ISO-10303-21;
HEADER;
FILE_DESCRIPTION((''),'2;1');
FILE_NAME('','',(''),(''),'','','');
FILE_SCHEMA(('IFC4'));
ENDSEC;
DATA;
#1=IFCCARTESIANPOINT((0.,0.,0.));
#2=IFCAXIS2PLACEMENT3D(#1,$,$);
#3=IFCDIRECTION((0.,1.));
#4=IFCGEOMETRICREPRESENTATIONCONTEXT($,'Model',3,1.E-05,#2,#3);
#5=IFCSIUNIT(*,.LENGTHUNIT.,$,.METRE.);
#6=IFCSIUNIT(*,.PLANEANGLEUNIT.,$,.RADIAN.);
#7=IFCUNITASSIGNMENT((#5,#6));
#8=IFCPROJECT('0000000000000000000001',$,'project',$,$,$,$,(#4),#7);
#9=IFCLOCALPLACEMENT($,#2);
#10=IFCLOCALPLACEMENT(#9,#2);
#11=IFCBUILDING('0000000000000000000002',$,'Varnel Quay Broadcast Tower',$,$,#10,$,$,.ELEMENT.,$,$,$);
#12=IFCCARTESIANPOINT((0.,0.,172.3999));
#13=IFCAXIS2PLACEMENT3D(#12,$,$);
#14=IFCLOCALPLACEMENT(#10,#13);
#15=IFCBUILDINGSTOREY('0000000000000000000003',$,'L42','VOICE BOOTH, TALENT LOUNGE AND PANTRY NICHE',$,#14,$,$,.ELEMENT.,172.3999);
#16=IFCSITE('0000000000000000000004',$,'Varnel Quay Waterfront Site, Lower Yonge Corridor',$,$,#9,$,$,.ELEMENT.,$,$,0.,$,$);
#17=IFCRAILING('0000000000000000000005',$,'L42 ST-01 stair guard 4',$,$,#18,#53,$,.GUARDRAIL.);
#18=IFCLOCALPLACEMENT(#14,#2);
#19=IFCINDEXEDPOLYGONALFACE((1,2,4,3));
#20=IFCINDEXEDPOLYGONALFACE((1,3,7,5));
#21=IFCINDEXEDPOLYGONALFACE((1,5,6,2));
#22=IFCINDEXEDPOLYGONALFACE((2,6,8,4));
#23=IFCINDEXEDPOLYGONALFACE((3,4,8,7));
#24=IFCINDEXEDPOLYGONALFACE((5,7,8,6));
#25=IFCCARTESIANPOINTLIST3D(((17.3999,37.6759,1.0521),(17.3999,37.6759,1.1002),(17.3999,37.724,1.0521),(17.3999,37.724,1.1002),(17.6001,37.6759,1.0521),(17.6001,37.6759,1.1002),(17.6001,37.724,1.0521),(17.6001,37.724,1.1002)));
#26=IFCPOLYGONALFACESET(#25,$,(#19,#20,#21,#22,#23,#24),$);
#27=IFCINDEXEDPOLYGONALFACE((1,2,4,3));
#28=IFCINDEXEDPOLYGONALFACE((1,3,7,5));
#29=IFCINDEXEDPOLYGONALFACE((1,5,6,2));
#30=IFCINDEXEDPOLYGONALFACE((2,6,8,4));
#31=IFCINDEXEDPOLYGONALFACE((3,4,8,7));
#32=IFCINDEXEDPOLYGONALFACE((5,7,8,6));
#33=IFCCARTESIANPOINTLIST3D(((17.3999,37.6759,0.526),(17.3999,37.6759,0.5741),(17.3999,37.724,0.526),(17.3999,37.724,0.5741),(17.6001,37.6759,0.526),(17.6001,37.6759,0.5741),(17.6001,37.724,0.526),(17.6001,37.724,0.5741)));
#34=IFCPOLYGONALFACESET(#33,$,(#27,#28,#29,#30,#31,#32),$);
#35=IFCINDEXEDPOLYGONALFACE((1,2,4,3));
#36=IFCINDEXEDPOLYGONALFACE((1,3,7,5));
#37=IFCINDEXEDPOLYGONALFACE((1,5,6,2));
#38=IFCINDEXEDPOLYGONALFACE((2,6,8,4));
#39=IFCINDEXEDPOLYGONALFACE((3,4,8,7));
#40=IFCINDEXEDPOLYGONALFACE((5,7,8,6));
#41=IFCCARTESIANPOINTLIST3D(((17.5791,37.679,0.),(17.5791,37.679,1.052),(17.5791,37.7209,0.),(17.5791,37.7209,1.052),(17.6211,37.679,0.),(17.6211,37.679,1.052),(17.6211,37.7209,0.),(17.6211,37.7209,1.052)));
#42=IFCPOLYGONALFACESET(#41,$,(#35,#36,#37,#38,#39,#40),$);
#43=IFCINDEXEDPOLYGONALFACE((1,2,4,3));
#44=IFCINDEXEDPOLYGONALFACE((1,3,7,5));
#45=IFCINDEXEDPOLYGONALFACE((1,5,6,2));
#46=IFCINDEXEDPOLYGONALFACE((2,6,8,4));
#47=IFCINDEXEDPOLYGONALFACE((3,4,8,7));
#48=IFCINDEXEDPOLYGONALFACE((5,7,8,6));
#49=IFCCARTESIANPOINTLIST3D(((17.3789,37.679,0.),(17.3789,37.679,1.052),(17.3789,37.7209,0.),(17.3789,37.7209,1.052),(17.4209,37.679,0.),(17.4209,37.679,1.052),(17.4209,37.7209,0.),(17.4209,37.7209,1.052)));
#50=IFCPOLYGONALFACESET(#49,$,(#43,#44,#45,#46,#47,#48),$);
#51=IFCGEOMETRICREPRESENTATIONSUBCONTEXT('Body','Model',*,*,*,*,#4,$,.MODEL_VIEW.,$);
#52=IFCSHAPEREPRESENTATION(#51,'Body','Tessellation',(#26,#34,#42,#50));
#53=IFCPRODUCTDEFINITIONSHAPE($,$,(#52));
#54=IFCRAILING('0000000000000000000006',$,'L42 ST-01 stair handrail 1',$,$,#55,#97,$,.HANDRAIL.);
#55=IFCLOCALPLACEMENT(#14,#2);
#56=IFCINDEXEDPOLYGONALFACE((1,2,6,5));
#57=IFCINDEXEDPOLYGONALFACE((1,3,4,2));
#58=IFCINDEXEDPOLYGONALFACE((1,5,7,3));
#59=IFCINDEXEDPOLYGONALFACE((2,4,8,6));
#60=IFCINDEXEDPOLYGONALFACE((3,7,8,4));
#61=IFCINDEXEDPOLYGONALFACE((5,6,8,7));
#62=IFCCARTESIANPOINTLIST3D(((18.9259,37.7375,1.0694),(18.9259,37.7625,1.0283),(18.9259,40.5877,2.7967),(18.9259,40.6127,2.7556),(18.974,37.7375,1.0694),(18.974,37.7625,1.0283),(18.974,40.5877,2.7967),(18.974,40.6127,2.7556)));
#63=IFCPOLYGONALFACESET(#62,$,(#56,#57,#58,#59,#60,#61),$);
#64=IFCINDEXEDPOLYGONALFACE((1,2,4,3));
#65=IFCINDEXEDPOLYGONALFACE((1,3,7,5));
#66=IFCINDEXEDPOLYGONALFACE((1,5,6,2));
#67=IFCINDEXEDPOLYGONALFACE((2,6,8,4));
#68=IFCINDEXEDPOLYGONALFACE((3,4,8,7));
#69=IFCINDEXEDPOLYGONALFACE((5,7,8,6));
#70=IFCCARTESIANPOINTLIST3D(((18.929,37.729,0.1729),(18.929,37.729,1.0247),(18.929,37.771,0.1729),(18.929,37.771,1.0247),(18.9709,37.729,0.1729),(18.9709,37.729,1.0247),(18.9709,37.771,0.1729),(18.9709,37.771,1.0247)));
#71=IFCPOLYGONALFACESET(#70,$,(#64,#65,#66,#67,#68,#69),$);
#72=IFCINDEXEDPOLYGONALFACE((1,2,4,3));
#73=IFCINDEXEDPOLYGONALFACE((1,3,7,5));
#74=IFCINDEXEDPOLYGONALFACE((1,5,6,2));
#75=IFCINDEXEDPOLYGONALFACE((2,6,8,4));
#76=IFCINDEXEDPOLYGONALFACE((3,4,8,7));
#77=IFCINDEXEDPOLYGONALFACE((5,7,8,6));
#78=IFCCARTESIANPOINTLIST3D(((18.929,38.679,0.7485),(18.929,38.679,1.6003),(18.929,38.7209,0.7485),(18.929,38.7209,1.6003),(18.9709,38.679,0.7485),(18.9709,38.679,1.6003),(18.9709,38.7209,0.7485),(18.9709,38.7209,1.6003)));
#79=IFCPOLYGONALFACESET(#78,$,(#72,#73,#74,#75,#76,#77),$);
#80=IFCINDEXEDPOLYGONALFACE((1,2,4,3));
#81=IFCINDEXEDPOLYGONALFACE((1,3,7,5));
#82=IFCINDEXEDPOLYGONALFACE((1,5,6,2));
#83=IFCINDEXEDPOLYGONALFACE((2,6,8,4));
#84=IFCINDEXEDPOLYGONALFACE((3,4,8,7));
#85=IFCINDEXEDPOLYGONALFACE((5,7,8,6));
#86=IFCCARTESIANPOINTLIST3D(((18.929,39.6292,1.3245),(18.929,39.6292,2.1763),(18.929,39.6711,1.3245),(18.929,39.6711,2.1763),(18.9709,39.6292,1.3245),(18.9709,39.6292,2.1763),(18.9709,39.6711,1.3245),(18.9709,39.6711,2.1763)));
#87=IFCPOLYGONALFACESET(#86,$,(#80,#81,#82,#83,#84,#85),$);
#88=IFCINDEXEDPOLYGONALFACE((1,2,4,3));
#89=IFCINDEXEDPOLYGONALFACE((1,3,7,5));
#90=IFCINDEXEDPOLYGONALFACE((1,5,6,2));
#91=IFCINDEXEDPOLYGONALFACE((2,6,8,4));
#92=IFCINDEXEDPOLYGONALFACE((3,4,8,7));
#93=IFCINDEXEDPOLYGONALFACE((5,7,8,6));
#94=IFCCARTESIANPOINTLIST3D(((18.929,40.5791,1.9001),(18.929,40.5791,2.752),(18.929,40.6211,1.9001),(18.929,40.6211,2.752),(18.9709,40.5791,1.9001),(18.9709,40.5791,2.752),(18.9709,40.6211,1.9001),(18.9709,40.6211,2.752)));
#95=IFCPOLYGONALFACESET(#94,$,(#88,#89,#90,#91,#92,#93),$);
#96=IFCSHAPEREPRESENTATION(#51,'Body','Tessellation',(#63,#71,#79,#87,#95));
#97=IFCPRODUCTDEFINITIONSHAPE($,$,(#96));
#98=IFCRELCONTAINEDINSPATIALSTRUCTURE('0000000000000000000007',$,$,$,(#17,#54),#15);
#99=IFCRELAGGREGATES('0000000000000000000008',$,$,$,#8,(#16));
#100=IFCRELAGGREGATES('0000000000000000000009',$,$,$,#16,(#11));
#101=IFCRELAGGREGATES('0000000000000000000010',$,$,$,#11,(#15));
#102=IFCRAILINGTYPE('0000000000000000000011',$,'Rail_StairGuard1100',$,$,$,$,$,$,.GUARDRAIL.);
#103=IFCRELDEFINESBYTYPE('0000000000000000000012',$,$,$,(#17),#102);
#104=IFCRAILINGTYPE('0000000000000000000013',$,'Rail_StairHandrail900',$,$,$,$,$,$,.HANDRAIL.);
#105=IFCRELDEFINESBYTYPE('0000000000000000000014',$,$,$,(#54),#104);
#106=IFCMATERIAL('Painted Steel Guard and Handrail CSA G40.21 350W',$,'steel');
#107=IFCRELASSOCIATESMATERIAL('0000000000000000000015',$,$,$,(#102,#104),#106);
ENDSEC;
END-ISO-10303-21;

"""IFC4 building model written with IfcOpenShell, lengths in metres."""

from ifc_helpers import new_model, si_unit, direction, frame, origin, origin_2d, place, context, subcontext, project, spatial, rectangle, extrude, material, type_object, element, save


model = new_model("IFC4")

# Units and contexts
model_context = context("Model", 3, precision=1e-05, world=origin(), true_north=direction((0.0, 1.0)))
body_context = subcontext(model_context, "Body", "Model", "MODEL_VIEW")
ifc_project = project(units=[si_unit("LENGTHUNIT", "METRE"), si_unit("PLANEANGLEUNIT", "RADIAN")], contexts=[model_context])

# Site, building, storey
site_placement = place(None, origin())
site = spatial("IfcSite", under=ifc_project, at=site_placement, Name="Varnel Quay Waterfront Site, Lower Yonge Corridor", CompositionType="ELEMENT", RefElevation=0.0)
building_placement = place(site_placement, origin())
building = spatial("IfcBuilding", under=site, at=building_placement, Name="Varnel Quay Broadcast Tower", CompositionType="ELEMENT")
storey_placement = place(building_placement, frame((0.0, 0.0, 172.3999)))
storey = spatial("IfcBuildingStorey", under=building, at=storey_placement, Name="L42", Description="VOICE BOOTH, TALENT LOUNGE AND PANTRY NICHE", CompositionType="ELEMENT", Elevation=172.3999)

# Railings
ifc_material_1 = material(Name="Painted Steel Guard and Handrail CSA G40.21 350W", Category="steel")
railing_type_1 = type_object("IfcRailingType", Name="Rail_StairGuard1100", PredefinedType="GUARDRAIL", material=ifc_material_1)
railing_1_placement = place(storey_placement, frame((17.6001, 37.7, 0.0)))
element("IfcRailing", 1, at=railing_1_placement, inside=storey, type_object=railing_type_1, Name="L42 ST-01 stair guard 4", PredefinedType="GUARDRAIL", context=body_context, shape_type="SweptSolid", body=[
    extrude(rectangle(XDim=0.0481, YDim=0.0481, at=origin_2d()), frame((0.0, 0.0, 1.0762), z_axis=(-1.0, 0.0, 0.0), x_axis=(0.0, -1.0, 0.0)), (0.0, 0.0, 1.0), 0.2002),
    extrude(rectangle(XDim=0.0481, YDim=0.0481, at=origin_2d()), frame((0.0, 0.0, 0.55), z_axis=(-1.0, 0.0, 0.0), x_axis=(0.0, -1.0, 0.0)), (0.0, 0.0, 1.0), 0.2002),
    extrude(rectangle(XDim=0.042, YDim=0.042, at=origin_2d()), origin(), (0.0, 0.0, 1.0), 1.052),
    extrude(rectangle(XDim=0.042, YDim=0.042, at=origin_2d()), frame((-0.2002, 0.0, 0.0)), (0.0, 0.0, 1.0), 1.052),
])
railing_type_2 = type_object("IfcRailingType", Name="Rail_StairHandrail900", PredefinedType="HANDRAIL", material=ifc_material_1)
railing_2_placement = place(storey_placement, frame((18.95, 37.75, 0.1729)))
element("IfcRailing", 2, at=railing_2_placement, inside=storey, type_object=railing_type_2, Name="L42 ST-01 stair handrail 1", PredefinedType="HANDRAIL", context=body_context, shape_type="SweptSolid", body=[
    extrude(rectangle(XDim=0.0481, YDim=0.0481, at=origin_2d()), frame((0.0, 0.0, 0.876), z_axis=(0.0, 0.855203, 0.518294), x_axis=(-1.0, 0.0, 0.0)), (0.0, 0.0, 1.0), 3.3328),
    extrude(rectangle(XDim=0.042, YDim=0.042, at=origin_2d()), origin(), (0.0, 0.0, 1.0), 0.8518),
    extrude(rectangle(XDim=0.042, YDim=0.042, at=origin_2d()), frame((0.0, 0.95, 0.5757)), (0.0, 0.0, 1.0), 0.8518),
    extrude(rectangle(XDim=0.042, YDim=0.042, at=origin_2d()), frame((0.0, 1.9001, 1.1516)), (0.0, 0.0, 1.0), 0.8518),
    extrude(rectangle(XDim=0.042, YDim=0.042, at=origin_2d()), frame((0.0, 2.8501, 1.7273)), (0.0, 0.0, 1.0), 0.8518),
])

save(model, "model.ifc")
